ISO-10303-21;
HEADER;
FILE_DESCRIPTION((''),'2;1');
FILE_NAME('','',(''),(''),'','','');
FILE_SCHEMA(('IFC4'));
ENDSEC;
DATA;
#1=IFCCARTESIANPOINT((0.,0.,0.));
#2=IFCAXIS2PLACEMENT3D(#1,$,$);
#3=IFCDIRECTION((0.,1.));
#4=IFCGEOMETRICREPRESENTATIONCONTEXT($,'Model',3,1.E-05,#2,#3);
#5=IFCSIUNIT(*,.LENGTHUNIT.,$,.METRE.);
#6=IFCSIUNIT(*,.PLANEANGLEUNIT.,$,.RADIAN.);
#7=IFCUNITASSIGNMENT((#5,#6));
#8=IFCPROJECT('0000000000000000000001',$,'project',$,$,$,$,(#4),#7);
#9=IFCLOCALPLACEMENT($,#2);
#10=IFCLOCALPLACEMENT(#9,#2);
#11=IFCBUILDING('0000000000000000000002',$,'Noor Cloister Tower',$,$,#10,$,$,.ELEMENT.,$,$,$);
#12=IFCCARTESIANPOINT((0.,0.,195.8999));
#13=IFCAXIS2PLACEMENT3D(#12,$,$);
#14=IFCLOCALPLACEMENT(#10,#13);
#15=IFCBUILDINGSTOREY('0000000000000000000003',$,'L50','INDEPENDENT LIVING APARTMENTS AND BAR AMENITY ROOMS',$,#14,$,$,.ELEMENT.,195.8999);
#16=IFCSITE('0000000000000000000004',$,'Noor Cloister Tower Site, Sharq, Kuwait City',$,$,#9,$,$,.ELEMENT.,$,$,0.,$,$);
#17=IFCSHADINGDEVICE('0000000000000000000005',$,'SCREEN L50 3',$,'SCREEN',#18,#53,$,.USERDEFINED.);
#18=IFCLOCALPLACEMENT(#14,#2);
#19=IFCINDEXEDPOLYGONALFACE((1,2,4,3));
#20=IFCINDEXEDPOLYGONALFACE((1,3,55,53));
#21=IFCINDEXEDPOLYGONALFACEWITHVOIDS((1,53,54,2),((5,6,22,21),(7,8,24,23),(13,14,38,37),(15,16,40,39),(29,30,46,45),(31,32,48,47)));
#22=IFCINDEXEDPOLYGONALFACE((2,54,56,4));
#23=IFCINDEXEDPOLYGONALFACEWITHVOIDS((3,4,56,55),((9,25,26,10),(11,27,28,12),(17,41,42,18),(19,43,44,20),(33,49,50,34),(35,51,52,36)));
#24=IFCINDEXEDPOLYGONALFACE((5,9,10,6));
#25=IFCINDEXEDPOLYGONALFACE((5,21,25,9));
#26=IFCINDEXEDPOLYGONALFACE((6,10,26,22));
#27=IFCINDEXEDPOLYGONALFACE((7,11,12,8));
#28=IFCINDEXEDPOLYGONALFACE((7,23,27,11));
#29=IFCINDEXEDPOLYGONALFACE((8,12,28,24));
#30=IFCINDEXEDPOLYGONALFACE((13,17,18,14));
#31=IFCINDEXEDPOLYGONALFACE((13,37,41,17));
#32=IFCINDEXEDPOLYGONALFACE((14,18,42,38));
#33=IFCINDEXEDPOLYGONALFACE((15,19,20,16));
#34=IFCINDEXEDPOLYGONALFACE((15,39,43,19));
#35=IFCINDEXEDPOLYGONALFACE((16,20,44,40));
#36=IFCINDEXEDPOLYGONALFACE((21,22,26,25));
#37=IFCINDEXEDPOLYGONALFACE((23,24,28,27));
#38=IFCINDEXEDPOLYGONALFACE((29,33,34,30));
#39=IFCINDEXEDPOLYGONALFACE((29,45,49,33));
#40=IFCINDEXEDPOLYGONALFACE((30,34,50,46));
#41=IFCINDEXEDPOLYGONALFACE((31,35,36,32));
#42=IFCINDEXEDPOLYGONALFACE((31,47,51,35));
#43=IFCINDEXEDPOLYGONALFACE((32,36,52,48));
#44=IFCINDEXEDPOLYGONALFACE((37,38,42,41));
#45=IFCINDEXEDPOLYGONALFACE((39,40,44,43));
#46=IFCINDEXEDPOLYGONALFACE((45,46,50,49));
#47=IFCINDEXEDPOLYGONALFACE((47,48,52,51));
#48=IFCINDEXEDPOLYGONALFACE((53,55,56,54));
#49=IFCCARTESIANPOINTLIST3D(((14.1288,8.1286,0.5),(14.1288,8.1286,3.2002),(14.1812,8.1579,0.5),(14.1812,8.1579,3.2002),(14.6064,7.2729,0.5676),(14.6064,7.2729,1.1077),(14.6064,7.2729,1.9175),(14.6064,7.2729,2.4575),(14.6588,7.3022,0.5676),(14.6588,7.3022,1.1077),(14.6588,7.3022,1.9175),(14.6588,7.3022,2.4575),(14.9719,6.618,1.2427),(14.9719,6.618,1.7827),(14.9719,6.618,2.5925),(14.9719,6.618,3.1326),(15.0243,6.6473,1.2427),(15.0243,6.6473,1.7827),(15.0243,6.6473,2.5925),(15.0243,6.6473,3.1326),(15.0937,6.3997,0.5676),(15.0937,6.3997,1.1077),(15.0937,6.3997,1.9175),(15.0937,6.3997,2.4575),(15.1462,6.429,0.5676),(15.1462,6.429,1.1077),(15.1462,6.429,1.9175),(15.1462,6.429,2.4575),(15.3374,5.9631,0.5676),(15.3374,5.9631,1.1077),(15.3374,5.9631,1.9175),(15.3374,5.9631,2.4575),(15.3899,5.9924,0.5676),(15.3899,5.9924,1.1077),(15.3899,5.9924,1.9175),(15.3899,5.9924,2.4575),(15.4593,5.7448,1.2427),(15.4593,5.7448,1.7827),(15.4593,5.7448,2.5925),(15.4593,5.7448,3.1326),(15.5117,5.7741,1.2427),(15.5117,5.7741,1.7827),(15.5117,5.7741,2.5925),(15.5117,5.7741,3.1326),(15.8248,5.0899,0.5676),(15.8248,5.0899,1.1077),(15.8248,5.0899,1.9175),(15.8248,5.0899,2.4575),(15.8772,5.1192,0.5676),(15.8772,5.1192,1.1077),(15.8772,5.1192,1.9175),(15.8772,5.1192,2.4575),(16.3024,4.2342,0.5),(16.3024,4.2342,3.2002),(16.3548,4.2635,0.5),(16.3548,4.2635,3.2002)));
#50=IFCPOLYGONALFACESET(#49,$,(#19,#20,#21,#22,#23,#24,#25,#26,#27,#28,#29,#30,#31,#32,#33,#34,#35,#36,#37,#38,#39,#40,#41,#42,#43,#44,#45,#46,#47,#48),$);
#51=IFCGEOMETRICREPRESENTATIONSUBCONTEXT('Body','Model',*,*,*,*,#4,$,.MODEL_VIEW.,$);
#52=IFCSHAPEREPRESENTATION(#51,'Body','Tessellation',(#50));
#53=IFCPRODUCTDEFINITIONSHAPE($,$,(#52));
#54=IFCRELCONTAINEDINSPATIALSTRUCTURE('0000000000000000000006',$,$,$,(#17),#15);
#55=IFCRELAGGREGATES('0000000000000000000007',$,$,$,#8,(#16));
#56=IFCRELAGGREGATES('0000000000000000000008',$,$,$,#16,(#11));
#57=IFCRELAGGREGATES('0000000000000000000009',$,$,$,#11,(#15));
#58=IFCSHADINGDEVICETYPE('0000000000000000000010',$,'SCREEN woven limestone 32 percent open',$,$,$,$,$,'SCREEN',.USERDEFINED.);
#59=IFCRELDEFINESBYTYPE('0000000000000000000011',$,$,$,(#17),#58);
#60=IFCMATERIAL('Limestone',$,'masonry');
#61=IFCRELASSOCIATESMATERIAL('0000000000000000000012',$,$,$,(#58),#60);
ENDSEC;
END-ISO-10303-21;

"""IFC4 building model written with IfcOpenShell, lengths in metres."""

from ifc_helpers import new_model, si_unit, direction, frame, origin, place, context, subcontext, project, spatial, polyline, outline, extrude, material, material_profile, profile_set, type_object, element, save


model = new_model("IFC4")

# Units and contexts
model_context = context("Model", 3, precision=1e-05, world=origin(), true_north=direction((0.0, 1.0)))
body_context = subcontext(model_context, "Body", "Model", "MODEL_VIEW")
ifc_project = project(units=[si_unit("LENGTHUNIT", "METRE"), si_unit("PLANEANGLEUNIT", "RADIAN")], contexts=[model_context])

# Site, building, storey
site_placement = place(None, origin())
site = spatial("IfcSite", under=ifc_project, at=site_placement, Name="Noor Cloister Tower Site, Sharq, Kuwait City", CompositionType="ELEMENT", RefElevation=0.0)
building_placement = place(site_placement, origin())
building = spatial("IfcBuilding", under=site, at=building_placement, Name="Noor Cloister Tower", CompositionType="ELEMENT")
storey_placement = place(building_placement, frame((0.0, 0.0, 195.8999)))
storey = spatial("IfcBuildingStorey", under=building, at=storey_placement, Name="L50", Description="INDEPENDENT LIVING APARTMENTS AND BAR AMENITY ROOMS", CompositionType="ELEMENT", Elevation=195.8999)

# Shading device
ifc_material_1 = material(Name="Limestone", Category="masonry")
ifc_material_profile_1 = material_profile(ifc_material_1, outline(polyline([(-2.23, -1.3501), (2.23, -1.3501), (2.23, 1.3501), (-2.23, 1.3501), (-2.23, -1.3501)]), holes=[polyline([(-1.25, -1.2825), (-0.25, -1.2825), (-0.25, -0.7424), (-1.25, -0.7424), (-1.25, -1.2825)]), polyline([(0.25, -1.2825), (1.25, -1.2825), (1.25, -0.7424), (0.25, -0.7424), (0.25, -1.2825)]), polyline([(-0.5, -0.6074), (0.5, -0.6074), (0.5, -0.0674), (-0.5, -0.0674), (-0.5, -0.6074)]), polyline([(-1.25, 0.0674), (-0.25, 0.0674), (-0.25, 0.6074), (-1.25, 0.6074), (-1.25, 0.0674)]), polyline([(0.25, 0.0674), (1.25, 0.0674), (1.25, 0.6074), (0.25, 0.6074), (0.25, 0.0674)]), polyline([(-0.5, 0.7424), (0.5, 0.7424), (0.5, 1.2825), (-0.5, 1.2825), (-0.5, 0.7424)])]), Name="Woven screen 32 percent open")
ifc_profile_set_1 = profile_set([ifc_material_profile_1], Name="Limestone")
shading_device_type = type_object("IfcShadingDeviceType", Name="SCREEN woven limestone 32 percent open", ElementType="SCREEN", PredefinedType="USERDEFINED", material=ifc_profile_set_1)
for number, where, z_axis, x_axis, name in (
    (1, (15.2156, 6.1814, 1.8501), (0.873198, 0.487366, 0.0), (-0.487366, 0.873198, 0.0), "SCREEN L50 3"),
):
    element("IfcShadingDevice", number, at=place(storey_placement, frame(where, z_axis=z_axis, x_axis=x_axis)), inside=storey, type_object=shading_device_type, Name=name, ObjectType="SCREEN", PredefinedType="USERDEFINED", context=body_context, shape_type="SweptSolid", body=[
        extrude(outline(polyline([(-2.23, -1.3501), (2.23, -1.3501), (2.23, 1.3501), (-2.23, 1.3501), (-2.23, -1.3501)]), holes=[polyline([(-1.25, -1.2825), (-0.25, -1.2825), (-0.25, -0.7424), (-1.25, -0.7424), (-1.25, -1.2825)]), polyline([(0.25, -1.2825), (1.25, -1.2825), (1.25, -0.7424), (0.25, -0.7424), (0.25, -1.2825)]), polyline([(-0.5, -0.6074), (0.5, -0.6074), (0.5, -0.0674), (-0.5, -0.0674), (-0.5, -0.6074)]), polyline([(-1.25, 0.0674), (-0.25, 0.0674), (-0.25, 0.6074), (-1.25, 0.6074), (-1.25, 0.0674)]), polyline([(0.25, 0.0674), (1.25, 0.0674), (1.25, 0.6074), (0.25, 0.6074), (0.25, 0.0674)]), polyline([(-0.5, 0.7424), (0.5, 0.7424), (0.5, 1.2825), (-0.5, 1.2825), (-0.5, 0.7424)])]), origin(), (0.0, 0.0, 1.0), 0.0601),
    ])

save(model, "model.ifc")
